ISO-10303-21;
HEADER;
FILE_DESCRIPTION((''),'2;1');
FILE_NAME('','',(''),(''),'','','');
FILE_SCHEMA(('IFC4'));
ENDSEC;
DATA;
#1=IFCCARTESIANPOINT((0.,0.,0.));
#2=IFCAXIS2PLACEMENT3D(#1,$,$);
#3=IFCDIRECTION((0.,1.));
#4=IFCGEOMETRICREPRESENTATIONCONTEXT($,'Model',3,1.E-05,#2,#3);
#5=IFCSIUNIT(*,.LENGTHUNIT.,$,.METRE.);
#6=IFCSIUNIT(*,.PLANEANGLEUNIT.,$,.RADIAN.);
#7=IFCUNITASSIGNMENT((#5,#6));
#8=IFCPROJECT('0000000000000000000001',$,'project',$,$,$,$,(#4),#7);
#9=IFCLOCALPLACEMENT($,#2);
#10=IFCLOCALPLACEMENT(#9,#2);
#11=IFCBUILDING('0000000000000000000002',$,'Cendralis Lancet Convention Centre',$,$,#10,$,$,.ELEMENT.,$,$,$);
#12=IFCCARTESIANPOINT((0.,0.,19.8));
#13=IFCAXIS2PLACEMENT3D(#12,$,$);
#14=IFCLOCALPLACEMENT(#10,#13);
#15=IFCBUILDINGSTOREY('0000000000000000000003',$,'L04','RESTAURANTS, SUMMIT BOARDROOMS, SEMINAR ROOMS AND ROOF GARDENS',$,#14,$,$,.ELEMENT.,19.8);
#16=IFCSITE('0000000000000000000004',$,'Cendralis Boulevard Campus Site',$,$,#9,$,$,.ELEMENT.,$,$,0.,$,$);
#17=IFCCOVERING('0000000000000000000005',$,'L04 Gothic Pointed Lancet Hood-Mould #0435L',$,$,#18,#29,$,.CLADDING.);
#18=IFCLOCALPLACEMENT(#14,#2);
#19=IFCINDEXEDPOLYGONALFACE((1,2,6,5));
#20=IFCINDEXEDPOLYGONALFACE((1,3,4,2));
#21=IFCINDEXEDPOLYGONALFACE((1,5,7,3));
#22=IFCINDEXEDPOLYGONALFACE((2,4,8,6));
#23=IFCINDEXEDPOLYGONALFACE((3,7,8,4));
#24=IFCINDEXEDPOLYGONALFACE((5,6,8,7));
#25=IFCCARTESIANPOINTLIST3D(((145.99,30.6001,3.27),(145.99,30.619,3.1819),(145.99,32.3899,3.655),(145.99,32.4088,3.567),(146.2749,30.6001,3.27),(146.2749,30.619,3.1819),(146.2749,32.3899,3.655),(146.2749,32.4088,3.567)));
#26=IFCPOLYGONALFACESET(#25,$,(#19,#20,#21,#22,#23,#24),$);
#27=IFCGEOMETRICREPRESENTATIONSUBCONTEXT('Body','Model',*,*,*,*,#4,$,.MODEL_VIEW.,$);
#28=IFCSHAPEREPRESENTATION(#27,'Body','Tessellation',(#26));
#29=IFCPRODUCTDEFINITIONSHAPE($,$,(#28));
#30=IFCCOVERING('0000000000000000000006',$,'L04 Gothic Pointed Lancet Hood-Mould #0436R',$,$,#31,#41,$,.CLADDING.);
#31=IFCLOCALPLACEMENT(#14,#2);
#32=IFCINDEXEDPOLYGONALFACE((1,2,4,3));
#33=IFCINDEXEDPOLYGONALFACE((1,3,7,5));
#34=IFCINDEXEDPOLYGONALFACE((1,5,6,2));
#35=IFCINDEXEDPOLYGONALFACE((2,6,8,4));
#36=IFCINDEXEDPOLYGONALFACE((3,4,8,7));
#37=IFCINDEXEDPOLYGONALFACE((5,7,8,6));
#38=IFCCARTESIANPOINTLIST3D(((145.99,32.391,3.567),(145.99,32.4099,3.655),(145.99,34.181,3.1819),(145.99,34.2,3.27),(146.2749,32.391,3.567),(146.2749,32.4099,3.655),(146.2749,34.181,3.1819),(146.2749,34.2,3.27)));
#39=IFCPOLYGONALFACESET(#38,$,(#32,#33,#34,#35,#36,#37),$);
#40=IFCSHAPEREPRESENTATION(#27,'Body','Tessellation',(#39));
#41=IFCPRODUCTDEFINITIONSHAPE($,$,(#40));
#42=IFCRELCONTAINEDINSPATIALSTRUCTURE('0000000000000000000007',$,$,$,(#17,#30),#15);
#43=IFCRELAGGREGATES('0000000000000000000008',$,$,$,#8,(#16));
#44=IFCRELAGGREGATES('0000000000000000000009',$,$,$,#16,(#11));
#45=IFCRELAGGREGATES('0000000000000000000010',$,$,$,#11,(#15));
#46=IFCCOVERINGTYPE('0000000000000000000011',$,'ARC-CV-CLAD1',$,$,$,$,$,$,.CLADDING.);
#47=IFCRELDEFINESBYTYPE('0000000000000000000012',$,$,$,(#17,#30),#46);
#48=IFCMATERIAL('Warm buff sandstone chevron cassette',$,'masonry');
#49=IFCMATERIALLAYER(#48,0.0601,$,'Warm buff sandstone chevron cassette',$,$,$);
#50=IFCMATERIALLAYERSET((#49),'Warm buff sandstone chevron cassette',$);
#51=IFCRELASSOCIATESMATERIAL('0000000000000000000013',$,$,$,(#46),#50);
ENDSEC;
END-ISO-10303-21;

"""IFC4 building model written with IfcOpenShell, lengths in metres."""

from ifc_helpers import new_model, si_unit, direction, frame, origin, place, context, subcontext, project, spatial, polyline, outline, extrude, material, layer, layer_set, type_object, element, save


model = new_model("IFC4")

# Units and contexts
model_context = context("Model", 3, precision=1e-05, world=origin(), true_north=direction((0.0, 1.0)))
body_context = subcontext(model_context, "Body", "Model", "MODEL_VIEW")
ifc_project = project(units=[si_unit("LENGTHUNIT", "METRE"), si_unit("PLANEANGLEUNIT", "RADIAN")], contexts=[model_context])

# Site, building, storey
site_placement = place(None, origin())
site = spatial("IfcSite", under=ifc_project, at=site_placement, Name="Cendralis Boulevard Campus Site", CompositionType="ELEMENT", RefElevation=0.0)
building_placement = place(site_placement, origin())
building = spatial("IfcBuilding", under=site, at=building_placement, Name="Cendralis Lancet Convention Centre", CompositionType="ELEMENT")
storey_placement = place(building_placement, frame((0.0, 0.0, 19.8)))
storey = spatial("IfcBuildingStorey", under=building, at=storey_placement, Name="L04", Description="RESTAURANTS, SUMMIT BOARDROOMS, SEMINAR ROOMS AND ROOF GARDENS", CompositionType="ELEMENT", Elevation=19.8)

# Coverings
ifc_material_1 = material(Name="Warm buff sandstone chevron cassette", Category="masonry")
ifc_layer_1 = layer(ifc_material_1, 0.0601, Name="Warm buff sandstone chevron cassette")
ifc_layer_set_1 = layer_set([ifc_layer_1], Name="Warm buff sandstone chevron cassette")
covering_type = type_object("IfcCoveringType", Name="ARC-CV-CLAD1", PredefinedType="CLADDING", material=ifc_layer_set_1)
covering_1_placement = place(storey_placement, frame((145.99, 30.6001, 3.27), z_axis=(0.0, -0.210303, 0.977636), x_axis=(1.0, 0.0, 0.0)))
element("IfcCovering", 1, at=covering_1_placement, inside=storey, type_object=covering_type, Name="L04 Gothic Pointed Lancet Hood-Mould #0435L", PredefinedType="CLADDING", context=body_context, shape_type="SweptSolid", body=[
    extrude(outline(polyline([(0.0, 0.0), (0.2849, 0.0), (0.2849, 1.8307), (0.0, 1.8307), (0.0, 0.0)])), origin(), (0.0, 0.0, -1.0), 0.0901),
])
covering_2_placement = place(storey_placement, frame((145.99, 32.4099, 3.655), z_axis=(0.0, 0.210276, 0.977642), x_axis=(1.0, 0.0, 0.0)))
element("IfcCovering", 2, at=covering_2_placement, inside=storey, type_object=covering_type, Name="L04 Gothic Pointed Lancet Hood-Mould #0436R", PredefinedType="CLADDING", context=body_context, shape_type="SweptSolid", body=[
    extrude(outline(polyline([(0.0, 0.0), (0.2849, 0.0), (0.2849, 1.831), (0.0, 1.831), (0.0, 0.0)])), origin(), (0.0, 0.0, -1.0), 0.0901),
])

save(model, "model.ifc")
